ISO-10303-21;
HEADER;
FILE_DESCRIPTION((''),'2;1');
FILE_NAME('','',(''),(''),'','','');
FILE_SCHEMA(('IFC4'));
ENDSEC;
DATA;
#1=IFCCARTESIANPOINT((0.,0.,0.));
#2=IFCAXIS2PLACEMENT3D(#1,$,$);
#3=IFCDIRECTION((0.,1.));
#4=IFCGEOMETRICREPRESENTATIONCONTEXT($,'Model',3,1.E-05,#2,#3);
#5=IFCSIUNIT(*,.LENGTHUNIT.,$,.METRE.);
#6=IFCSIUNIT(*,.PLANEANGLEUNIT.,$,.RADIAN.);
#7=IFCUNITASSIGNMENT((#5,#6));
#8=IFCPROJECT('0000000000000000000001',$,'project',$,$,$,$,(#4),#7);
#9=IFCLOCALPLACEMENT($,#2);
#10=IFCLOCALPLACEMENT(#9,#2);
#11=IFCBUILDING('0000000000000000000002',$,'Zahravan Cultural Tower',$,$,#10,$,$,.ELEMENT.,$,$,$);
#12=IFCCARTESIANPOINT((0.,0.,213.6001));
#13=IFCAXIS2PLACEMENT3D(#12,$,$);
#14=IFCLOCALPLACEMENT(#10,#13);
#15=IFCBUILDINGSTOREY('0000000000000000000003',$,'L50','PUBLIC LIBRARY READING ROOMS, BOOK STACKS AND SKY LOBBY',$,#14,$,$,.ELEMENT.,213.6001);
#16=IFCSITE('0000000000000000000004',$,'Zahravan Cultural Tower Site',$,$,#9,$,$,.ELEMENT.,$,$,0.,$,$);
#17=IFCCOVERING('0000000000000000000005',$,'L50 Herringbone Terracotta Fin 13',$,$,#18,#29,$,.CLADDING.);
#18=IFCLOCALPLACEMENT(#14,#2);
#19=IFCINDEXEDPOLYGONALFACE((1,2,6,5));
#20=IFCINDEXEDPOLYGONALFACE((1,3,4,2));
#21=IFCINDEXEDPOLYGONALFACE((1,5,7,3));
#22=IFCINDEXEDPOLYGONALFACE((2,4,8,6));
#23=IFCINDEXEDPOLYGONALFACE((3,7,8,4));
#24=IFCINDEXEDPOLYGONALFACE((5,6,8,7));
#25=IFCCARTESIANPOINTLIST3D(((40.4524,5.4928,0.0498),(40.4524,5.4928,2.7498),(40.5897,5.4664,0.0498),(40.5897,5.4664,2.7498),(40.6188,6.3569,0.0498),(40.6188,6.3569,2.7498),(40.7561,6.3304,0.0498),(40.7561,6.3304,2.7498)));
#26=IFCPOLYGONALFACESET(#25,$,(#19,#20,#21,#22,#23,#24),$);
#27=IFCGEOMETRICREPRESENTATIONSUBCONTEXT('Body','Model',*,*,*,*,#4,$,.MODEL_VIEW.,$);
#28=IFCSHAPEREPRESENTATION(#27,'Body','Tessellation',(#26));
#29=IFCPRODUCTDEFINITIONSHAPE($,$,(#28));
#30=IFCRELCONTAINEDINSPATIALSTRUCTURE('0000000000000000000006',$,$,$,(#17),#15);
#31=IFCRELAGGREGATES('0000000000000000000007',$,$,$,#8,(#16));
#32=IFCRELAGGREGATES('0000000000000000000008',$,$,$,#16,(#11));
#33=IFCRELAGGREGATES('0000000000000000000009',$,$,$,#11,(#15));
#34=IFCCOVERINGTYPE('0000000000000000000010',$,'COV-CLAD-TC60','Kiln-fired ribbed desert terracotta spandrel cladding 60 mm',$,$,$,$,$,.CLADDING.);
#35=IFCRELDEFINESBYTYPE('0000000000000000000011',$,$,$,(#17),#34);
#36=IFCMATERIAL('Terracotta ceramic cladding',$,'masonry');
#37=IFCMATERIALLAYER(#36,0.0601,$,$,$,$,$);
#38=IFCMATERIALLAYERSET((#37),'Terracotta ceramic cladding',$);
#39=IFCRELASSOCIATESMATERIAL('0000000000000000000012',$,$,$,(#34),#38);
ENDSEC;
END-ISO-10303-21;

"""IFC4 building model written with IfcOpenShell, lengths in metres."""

from ifc_helpers import new_model, si_unit, direction, frame, origin, origin_2d, place, context, subcontext, project, spatial, rectangle, extrude, source, transform, mapped, material, layer, layer_set, type_object, element, save


model = new_model("IFC4")

# Units and contexts
model_context = context("Model", 3, precision=1e-05, world=origin(), true_north=direction((0.0, 1.0)))
body_context = subcontext(model_context, "Body", "Model", "MODEL_VIEW")
ifc_project = project(units=[si_unit("LENGTHUNIT", "METRE"), si_unit("PLANEANGLEUNIT", "RADIAN")], contexts=[model_context])

# Site, building, storey
site_placement = place(None, origin())
site = spatial("IfcSite", under=ifc_project, at=site_placement, Name="Zahravan Cultural Tower Site", CompositionType="ELEMENT", RefElevation=0.0)
building_placement = place(site_placement, origin())
building = spatial("IfcBuilding", under=site, at=building_placement, Name="Zahravan Cultural Tower", CompositionType="ELEMENT")
storey_placement = place(building_placement, frame((0.0, 0.0, 213.6001)))
storey = spatial("IfcBuildingStorey", under=building, at=storey_placement, Name="L50", Description="PUBLIC LIBRARY READING ROOMS, BOOK STACKS AND SKY LOBBY", CompositionType="ELEMENT", Elevation=213.6001)

# Covering
ifc_material_1 = material(Name="Terracotta ceramic cladding", Category="masonry")
ifc_layer_1 = layer(ifc_material_1, 0.0601)
ifc_layer_set_1 = layer_set([ifc_layer_1], Name="Terracotta ceramic cladding")
covering_type = type_object("IfcCoveringType", Name="COV-CLAD-TC60", Description="Kiln-fired ribbed desert terracotta spandrel cladding 60 mm", PredefinedType="CLADDING", material=ifc_layer_set_1)
shared_shape_1 = source(origin(), body_context, "Body", "SweptSolid", [
    extrude(rectangle(XDim=0.8799, YDim=0.1399, at=origin_2d()), origin(), (0.0, 0.0, 1.0), 2.7),
])
for number, where, z_axis, x_axis, name in (
    (1, (40.6042, 5.9116, 0.0498), (0.0, 0.0, 1.0), (-0.189095, -0.981959, 0.0), "L50 Herringbone Terracotta Fin 13"),
):
    element("IfcCovering", number, at=place(storey_placement, frame(where, z_axis=z_axis, x_axis=x_axis)), inside=storey, type_object=covering_type, Name=name, PredefinedType="CLADDING", context=body_context, shape_type="MappedRepresentation", body=[
        mapped(shared_shape_1, transform((0.0, 0.0, 0.0), x_axis=(1.0, 0.0, 0.0), y_axis=(0.0, 1.0, 0.0), z_axis=(0.0, 0.0, 1.0), scale=1.0)),
    ])

save(model, "model.ifc")
